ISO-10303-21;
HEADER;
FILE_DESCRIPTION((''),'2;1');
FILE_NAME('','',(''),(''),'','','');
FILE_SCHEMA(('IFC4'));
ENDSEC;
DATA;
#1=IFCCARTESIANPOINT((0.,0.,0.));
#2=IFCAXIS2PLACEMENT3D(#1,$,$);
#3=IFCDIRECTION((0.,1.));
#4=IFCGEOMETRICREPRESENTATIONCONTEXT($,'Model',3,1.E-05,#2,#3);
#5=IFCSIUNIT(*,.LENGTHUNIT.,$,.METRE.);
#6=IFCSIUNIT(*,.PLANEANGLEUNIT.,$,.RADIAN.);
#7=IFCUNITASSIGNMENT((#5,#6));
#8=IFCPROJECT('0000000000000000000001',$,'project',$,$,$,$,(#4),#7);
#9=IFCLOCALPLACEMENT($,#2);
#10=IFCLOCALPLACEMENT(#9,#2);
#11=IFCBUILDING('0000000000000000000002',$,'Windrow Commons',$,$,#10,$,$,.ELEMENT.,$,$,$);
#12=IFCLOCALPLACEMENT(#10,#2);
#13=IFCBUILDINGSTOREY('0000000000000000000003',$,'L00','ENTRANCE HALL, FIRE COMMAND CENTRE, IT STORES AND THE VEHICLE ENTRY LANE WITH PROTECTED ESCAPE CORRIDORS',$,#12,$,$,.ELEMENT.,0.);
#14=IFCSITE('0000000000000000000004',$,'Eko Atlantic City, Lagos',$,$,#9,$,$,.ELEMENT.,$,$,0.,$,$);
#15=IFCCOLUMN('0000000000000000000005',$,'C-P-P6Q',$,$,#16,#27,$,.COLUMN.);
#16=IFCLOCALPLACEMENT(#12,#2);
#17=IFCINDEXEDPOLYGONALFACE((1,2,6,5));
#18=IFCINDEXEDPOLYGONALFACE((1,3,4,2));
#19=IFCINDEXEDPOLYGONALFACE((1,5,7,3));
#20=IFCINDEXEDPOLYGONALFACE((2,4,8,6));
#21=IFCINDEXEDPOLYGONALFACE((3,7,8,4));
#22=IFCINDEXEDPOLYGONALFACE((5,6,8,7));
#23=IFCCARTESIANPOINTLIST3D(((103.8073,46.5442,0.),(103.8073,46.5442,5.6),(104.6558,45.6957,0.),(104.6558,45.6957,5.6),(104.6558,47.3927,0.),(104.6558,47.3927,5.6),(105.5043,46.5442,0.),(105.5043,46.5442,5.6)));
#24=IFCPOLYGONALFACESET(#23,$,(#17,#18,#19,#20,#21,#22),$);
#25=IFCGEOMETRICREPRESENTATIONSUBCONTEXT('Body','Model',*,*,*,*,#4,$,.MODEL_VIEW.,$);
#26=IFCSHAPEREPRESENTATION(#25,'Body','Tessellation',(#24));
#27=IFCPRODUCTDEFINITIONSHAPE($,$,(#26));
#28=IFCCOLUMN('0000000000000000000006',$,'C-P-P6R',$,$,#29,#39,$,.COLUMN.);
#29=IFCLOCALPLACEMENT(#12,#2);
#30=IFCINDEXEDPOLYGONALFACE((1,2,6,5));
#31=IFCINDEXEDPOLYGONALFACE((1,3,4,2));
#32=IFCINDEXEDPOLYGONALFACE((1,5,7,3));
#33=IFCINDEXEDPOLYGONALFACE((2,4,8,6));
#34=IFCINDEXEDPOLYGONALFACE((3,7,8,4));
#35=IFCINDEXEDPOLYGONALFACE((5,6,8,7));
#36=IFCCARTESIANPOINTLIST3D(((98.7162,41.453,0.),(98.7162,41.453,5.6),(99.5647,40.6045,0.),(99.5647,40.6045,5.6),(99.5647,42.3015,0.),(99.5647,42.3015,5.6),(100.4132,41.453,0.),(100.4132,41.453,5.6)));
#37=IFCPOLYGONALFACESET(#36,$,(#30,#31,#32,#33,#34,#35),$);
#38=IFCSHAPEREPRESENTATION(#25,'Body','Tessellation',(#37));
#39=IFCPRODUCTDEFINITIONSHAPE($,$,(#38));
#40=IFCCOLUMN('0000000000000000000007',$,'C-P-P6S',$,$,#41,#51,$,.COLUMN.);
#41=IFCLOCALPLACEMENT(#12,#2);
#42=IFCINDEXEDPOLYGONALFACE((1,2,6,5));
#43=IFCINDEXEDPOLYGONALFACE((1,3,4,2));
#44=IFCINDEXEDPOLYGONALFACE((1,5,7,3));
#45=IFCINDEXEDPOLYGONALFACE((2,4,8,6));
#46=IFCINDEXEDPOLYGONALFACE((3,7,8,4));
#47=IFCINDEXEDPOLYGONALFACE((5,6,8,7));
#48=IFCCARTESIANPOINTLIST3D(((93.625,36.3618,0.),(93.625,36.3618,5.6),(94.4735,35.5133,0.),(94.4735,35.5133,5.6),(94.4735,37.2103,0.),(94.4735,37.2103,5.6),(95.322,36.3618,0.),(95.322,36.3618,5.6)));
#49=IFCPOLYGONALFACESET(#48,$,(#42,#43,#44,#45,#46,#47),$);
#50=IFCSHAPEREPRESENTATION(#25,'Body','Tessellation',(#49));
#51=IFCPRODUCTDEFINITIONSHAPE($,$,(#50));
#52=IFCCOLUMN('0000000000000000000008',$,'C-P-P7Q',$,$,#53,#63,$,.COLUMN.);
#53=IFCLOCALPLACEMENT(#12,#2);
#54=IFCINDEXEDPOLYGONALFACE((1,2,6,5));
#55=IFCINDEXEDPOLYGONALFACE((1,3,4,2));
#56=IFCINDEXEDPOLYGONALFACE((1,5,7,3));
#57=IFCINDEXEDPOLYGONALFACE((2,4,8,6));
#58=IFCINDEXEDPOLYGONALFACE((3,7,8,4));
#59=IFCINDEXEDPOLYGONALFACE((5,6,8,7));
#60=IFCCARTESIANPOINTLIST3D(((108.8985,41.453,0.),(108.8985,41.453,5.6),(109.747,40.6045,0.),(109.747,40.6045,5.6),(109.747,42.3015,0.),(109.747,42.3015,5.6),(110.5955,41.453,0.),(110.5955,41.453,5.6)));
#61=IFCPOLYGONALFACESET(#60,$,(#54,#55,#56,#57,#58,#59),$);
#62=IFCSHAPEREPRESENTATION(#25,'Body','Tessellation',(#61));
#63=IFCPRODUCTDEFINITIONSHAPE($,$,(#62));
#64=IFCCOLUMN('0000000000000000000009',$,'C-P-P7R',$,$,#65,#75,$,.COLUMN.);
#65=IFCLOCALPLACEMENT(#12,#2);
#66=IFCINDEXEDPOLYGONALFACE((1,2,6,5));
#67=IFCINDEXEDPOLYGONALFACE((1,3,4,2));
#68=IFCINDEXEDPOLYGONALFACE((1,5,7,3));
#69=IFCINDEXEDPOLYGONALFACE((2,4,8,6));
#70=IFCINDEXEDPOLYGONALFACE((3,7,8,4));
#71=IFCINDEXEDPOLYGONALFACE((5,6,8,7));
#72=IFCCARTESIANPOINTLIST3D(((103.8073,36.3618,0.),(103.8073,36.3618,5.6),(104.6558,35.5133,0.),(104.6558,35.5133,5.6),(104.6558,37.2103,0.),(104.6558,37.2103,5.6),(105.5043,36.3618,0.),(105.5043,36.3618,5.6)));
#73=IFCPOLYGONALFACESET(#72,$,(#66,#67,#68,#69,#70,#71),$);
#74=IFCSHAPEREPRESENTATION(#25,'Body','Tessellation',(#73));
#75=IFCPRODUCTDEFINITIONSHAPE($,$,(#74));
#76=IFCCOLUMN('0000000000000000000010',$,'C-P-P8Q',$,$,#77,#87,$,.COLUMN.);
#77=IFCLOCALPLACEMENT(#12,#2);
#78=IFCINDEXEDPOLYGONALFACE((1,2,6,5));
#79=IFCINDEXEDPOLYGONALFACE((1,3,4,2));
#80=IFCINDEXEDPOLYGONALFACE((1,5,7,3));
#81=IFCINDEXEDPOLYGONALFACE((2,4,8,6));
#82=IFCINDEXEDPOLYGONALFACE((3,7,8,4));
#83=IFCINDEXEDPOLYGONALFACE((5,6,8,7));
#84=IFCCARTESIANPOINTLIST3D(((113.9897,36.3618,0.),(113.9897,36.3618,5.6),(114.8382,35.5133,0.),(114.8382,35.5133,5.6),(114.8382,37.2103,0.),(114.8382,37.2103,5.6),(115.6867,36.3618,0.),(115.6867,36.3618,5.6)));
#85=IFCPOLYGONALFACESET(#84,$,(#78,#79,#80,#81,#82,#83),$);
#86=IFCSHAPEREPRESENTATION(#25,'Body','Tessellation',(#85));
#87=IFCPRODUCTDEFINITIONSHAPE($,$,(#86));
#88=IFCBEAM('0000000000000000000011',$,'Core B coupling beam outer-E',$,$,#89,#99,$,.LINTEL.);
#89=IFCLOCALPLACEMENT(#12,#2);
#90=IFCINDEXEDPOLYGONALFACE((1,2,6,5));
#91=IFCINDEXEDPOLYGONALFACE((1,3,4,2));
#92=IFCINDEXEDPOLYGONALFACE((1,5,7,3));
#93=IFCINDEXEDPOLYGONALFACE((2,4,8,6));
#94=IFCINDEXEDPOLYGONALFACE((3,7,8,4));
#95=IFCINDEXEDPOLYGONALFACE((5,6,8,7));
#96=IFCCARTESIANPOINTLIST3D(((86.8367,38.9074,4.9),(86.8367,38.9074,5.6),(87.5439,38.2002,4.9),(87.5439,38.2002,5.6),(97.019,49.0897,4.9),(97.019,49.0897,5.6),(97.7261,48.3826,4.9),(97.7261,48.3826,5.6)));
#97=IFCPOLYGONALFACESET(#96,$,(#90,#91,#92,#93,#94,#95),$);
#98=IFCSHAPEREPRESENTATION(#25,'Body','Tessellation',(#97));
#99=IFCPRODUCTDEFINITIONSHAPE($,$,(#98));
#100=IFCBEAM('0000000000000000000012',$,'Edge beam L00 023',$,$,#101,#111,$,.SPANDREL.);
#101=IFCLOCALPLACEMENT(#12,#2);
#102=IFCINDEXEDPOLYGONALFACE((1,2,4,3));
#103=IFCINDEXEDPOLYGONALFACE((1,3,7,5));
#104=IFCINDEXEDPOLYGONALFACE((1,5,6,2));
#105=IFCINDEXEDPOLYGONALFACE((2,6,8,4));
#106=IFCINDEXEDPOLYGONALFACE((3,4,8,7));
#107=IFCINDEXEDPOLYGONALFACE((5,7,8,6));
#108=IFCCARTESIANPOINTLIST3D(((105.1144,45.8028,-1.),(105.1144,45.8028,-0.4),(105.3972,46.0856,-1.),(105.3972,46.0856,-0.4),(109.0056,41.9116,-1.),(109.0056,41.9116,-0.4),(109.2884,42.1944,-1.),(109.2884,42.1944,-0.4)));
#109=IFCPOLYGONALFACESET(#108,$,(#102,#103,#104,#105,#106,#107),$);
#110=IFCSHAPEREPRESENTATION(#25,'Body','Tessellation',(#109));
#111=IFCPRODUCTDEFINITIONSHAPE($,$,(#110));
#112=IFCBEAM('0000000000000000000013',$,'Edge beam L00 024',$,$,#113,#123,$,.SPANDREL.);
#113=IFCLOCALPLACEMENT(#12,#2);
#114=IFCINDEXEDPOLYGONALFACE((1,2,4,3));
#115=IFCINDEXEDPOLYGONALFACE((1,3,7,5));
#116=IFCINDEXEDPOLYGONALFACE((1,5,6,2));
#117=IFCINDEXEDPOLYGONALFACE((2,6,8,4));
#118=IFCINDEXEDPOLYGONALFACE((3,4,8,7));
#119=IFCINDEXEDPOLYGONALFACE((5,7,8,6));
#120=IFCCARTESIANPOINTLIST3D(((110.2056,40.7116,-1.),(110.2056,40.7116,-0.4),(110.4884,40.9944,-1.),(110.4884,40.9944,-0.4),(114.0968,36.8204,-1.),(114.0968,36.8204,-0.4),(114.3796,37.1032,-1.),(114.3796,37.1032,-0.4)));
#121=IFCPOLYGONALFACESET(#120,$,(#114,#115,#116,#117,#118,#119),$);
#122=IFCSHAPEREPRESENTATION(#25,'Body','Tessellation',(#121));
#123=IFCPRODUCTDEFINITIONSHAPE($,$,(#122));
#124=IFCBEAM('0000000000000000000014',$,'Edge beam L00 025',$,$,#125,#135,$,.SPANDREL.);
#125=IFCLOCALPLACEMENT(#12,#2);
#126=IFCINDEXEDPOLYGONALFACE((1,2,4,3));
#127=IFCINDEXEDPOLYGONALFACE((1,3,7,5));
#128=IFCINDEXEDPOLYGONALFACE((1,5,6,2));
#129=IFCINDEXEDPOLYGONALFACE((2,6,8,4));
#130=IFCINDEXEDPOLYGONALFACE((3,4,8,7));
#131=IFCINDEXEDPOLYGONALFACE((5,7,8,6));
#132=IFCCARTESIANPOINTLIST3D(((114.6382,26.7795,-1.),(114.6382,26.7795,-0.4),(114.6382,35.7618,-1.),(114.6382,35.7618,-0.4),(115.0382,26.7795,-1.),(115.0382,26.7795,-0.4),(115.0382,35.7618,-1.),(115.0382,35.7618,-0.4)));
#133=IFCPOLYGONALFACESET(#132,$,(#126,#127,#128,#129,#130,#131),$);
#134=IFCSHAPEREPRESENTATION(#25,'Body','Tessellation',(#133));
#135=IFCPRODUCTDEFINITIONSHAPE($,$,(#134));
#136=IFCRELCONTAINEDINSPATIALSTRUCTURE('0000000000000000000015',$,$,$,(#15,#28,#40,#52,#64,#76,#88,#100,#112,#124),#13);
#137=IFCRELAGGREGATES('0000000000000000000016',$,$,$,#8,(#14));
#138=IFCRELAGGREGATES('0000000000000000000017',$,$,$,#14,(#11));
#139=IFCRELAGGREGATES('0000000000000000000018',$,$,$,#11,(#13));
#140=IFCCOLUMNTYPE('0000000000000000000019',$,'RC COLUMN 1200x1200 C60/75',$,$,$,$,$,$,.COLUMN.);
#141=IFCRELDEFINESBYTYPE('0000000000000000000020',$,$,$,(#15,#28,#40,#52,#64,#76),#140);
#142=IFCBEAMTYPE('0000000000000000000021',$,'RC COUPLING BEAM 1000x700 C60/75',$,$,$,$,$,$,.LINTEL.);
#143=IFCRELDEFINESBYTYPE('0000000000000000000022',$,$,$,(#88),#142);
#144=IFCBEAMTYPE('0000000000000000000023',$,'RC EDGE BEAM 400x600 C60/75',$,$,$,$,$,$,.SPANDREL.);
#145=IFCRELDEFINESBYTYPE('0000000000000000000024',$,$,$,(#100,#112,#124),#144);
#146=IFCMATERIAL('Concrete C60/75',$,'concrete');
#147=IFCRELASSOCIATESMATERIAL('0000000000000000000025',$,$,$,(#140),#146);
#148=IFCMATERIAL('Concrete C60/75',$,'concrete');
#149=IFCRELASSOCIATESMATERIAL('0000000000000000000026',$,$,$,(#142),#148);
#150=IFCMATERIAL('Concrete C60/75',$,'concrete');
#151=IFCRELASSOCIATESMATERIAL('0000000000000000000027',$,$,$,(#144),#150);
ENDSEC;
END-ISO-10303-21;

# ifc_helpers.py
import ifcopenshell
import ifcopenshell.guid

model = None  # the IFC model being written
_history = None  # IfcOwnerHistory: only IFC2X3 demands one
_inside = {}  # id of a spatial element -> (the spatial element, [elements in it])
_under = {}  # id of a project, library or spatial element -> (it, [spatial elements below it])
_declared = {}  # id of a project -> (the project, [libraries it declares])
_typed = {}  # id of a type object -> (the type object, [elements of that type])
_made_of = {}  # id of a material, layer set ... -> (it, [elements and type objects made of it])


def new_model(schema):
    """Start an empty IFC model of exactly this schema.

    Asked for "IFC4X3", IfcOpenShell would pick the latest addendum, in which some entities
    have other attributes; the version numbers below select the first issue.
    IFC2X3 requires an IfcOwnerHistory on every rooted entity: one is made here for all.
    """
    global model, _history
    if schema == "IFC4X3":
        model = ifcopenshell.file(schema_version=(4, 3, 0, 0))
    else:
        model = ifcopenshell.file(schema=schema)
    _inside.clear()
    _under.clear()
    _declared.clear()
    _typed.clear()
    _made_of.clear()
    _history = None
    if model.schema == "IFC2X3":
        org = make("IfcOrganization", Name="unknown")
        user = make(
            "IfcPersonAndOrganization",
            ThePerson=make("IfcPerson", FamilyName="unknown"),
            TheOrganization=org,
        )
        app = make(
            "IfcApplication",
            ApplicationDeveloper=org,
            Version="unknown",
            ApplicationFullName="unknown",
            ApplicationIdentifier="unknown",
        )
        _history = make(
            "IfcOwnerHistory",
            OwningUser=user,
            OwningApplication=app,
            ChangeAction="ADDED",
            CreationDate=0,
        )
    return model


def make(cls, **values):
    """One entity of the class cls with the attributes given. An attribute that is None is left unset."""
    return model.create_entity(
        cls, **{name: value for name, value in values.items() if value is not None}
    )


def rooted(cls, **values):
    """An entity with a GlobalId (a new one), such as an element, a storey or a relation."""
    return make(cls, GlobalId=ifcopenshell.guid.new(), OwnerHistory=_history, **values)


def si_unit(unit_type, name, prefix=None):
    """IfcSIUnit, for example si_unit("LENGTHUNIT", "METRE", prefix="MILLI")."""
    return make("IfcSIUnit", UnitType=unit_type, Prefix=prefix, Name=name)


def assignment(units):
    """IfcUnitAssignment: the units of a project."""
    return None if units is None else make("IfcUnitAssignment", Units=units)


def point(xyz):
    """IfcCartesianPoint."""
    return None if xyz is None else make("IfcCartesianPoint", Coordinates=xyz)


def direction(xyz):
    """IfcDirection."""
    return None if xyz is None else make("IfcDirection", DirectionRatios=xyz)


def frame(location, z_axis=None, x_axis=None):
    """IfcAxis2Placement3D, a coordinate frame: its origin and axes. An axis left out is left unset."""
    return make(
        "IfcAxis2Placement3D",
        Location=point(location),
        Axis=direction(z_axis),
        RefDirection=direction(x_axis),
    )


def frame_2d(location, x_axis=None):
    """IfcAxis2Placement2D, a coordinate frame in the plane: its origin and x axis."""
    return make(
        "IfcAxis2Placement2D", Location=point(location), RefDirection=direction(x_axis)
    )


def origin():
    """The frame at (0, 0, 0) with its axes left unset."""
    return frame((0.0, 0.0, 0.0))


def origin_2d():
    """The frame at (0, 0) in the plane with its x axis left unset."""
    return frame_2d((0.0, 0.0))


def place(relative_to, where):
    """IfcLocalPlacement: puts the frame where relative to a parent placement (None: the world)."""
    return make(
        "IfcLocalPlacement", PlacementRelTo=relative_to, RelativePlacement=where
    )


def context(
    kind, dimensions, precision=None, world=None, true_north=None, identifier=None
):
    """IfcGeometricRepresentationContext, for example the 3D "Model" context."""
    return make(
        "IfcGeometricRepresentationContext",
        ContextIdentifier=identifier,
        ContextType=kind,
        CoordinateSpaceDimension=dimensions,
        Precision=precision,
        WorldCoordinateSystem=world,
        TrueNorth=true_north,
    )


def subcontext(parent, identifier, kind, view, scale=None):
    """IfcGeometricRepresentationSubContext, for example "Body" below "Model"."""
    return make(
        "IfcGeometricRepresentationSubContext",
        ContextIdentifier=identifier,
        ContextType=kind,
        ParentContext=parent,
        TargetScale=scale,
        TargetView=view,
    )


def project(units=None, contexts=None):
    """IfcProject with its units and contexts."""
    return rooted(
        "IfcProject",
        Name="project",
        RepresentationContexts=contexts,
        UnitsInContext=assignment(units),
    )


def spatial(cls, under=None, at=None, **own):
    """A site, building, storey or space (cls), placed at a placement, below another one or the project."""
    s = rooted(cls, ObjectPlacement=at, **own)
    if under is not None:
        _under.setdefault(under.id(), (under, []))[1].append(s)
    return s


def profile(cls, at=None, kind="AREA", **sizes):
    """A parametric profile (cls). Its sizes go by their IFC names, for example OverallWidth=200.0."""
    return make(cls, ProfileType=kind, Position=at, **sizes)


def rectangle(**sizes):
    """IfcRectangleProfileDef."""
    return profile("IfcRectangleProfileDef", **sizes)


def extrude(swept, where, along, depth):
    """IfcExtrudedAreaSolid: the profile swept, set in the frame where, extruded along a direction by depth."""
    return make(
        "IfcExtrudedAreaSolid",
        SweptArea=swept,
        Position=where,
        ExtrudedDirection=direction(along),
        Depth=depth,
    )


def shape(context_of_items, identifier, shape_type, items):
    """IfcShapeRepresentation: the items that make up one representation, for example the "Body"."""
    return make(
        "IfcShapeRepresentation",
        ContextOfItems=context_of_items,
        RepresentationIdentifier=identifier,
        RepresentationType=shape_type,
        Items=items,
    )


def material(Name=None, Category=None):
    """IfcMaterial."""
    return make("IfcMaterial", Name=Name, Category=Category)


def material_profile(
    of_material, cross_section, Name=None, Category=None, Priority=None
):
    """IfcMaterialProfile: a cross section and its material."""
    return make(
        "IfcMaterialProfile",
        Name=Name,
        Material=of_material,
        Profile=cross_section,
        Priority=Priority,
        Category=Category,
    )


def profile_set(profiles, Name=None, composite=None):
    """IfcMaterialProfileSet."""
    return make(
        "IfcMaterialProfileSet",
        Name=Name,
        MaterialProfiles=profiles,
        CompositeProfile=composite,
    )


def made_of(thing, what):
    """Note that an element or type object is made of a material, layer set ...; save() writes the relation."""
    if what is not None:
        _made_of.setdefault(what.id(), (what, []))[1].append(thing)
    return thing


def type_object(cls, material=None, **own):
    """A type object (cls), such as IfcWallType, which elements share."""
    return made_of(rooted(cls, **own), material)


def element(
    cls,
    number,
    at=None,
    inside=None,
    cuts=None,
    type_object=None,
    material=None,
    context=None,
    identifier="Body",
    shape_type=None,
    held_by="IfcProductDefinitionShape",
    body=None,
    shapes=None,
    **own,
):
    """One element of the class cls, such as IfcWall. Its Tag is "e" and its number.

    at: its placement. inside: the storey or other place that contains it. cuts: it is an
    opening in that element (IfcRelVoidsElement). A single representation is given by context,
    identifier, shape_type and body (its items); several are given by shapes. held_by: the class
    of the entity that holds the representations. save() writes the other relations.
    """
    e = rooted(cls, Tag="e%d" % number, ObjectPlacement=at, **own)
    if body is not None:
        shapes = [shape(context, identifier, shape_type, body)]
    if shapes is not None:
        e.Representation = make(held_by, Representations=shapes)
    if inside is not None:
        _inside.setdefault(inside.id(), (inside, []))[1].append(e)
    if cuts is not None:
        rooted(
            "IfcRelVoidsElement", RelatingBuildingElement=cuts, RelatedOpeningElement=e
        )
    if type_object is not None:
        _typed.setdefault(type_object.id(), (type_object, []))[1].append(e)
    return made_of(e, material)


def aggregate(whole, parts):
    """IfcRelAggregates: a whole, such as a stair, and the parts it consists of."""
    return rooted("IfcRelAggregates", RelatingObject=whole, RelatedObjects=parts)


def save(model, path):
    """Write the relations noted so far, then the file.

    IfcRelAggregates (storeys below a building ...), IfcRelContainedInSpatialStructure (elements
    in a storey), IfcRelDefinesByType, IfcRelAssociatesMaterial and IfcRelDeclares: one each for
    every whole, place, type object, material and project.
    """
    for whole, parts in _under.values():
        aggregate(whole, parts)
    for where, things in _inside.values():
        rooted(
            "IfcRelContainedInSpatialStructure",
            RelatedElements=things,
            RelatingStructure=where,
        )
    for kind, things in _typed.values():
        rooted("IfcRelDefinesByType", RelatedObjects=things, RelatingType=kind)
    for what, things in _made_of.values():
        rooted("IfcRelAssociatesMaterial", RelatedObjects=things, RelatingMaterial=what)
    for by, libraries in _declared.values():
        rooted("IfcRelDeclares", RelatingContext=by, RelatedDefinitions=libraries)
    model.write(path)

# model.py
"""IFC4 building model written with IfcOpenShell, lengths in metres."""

from ifc_helpers import new_model, si_unit, direction, frame, origin, origin_2d, place, context, subcontext, project, spatial, rectangle, extrude, material, material_profile, profile_set, type_object, element, save


model = new_model("IFC4")

# Units and contexts
model_context = context("Model", 3, precision=1e-05, world=origin(), true_north=direction((0.0, 1.0)))
body_context = subcontext(model_context, "Body", "Model", "MODEL_VIEW")
ifc_project = project(units=[si_unit("LENGTHUNIT", "METRE"), si_unit("PLANEANGLEUNIT", "RADIAN")], contexts=[model_context])

# Site, building, storey
site_placement = place(None, origin())
site = spatial("IfcSite", under=ifc_project, at=site_placement, Name="Eko Atlantic City, Lagos", CompositionType="ELEMENT", RefElevation=0.0)
building_placement = place(site_placement, origin())
building = spatial("IfcBuilding", under=site, at=building_placement, Name="Windrow Commons", CompositionType="ELEMENT")
storey_placement = place(building_placement, origin())
storey = spatial("IfcBuildingStorey", under=building, at=storey_placement, Name="L00", Description="ENTRANCE HALL, FIRE COMMAND CENTRE, IT STORES AND THE VEHICLE ENTRY LANE WITH PROTECTED ESCAPE CORRIDORS", CompositionType="ELEMENT", Elevation=0.0)

# Columns
ifc_material_1 = material(Name="Concrete C60/75", Category="concrete")
ifc_material_profile_1 = material_profile(ifc_material_1, rectangle(XDim=1.2, YDim=1.2, at=origin_2d()))
ifc_profile_set_1 = profile_set([ifc_material_profile_1], Name="Concrete C60/75")
column_type = type_object("IfcColumnType", Name="RC COLUMN 1200x1200 C60/75", PredefinedType="COLUMN", material=ifc_profile_set_1)
for number, where, z_axis, x_axis, name in (
    (1, (104.6558, 46.5442, 0.0), (0.0, 0.0, 1.0), (0.707107, -0.707107, 0.0), "C-P-P6Q"),
    (2, (99.5647, 41.453, 0.0), (0.0, 0.0, 1.0), (0.707107, -0.707107, 0.0), "C-P-P6R"),
    (3, (94.4735, 36.3618, 0.0), (0.0, 0.0, 1.0), (0.707107, -0.707107, 0.0), "C-P-P6S"),
    (4, (109.747, 41.453, 0.0), (0.0, 0.0, 1.0), (0.707107, -0.707107, 0.0), "C-P-P7Q"),
    (5, (104.6558, 36.3618, 0.0), (0.0, 0.0, 1.0), (0.707107, -0.707107, 0.0), "C-P-P7R"),
    (6, (114.8382, 36.3618, 0.0), (0.0, 0.0, 1.0), (0.707107, -0.707107, 0.0), "C-P-P8Q"),
):
    element("IfcColumn", number, at=place(storey_placement, frame(where, z_axis=z_axis, x_axis=x_axis)), inside=storey, type_object=column_type, Name=name, PredefinedType="COLUMN", context=body_context, shape_type="SweptSolid", body=[
        extrude(rectangle(XDim=1.2, YDim=1.2, at=origin_2d()), origin(), (0.0, 0.0, 1.0), 5.6),
    ])

# Beams
ifc_material_2 = material(Name="Concrete C60/75", Category="concrete")
ifc_material_profile_2 = material_profile(ifc_material_2, rectangle(XDim=1.0, YDim=0.7, at=origin_2d()))
ifc_profile_set_2 = profile_set([ifc_material_profile_2], Name="Concrete C60/75")
beam_type_1 = type_object("IfcBeamType", Name="RC COUPLING BEAM 1000x700 C60/75", PredefinedType="LINTEL", material=ifc_profile_set_2)
beam_1_placement = place(storey_placement, frame((87.1903, 38.5538, 5.25), z_axis=(0.707103, 0.70711, 0.0), x_axis=(-0.70711, 0.707103, 0.0)))
element("IfcBeam", 7, at=beam_1_placement, inside=storey, type_object=beam_type_1, Name="Core B coupling beam outer-E", PredefinedType="LINTEL", context=body_context, shape_type="SweptSolid", body=[
    extrude(rectangle(XDim=1.0, YDim=0.7, at=origin_2d()), origin(), (0.0, 0.0, 1.0), 14.4),
])
ifc_material_3 = material(Name="Concrete C60/75", Category="concrete")
ifc_material_profile_3 = material_profile(ifc_material_3, rectangle(XDim=0.4, YDim=0.6, at=origin_2d()))
ifc_profile_set_3 = profile_set([ifc_material_profile_3], Name="Concrete C60/75")
beam_type_2 = type_object("IfcBeamType", Name="RC EDGE BEAM 400x600 C60/75", PredefinedType="SPANDREL", material=ifc_profile_set_3)
for number, where, z_axis, x_axis, name in (
    (8, (105.2558, 45.9442, -0.7), (0.707107, -0.707107, 0.0), (0.707107, 0.707107, 0.0), "Edge beam L00 023"),
    (9, (110.347, 40.853, -0.7), (0.707107, -0.707107, 0.0), (0.707107, 0.707107, 0.0), "Edge beam L00 024"),
):
    element("IfcBeam", number, at=place(storey_placement, frame(where, z_axis=z_axis, x_axis=x_axis)), inside=storey, type_object=beam_type_2, Name=name, PredefinedType="SPANDREL", context=body_context, shape_type="SweptSolid", body=[
        extrude(rectangle(XDim=0.4, YDim=0.6, at=origin_2d()), origin(), (0.0, 0.0, 1.0), 5.503),
    ])
beam_2_placement = place(storey_placement, frame((114.8382, 35.7618, -0.7), z_axis=(0.0, -1.0, 0.0), x_axis=(1.0, 0.0, 0.0)))
element("IfcBeam", 10, at=beam_2_placement, inside=storey, type_object=beam_type_2, Name="Edge beam L00 025", PredefinedType="SPANDREL", context=body_context, shape_type="SweptSolid", body=[
    extrude(rectangle(XDim=0.4, YDim=0.6, at=origin_2d()), origin(), (0.0, 0.0, 1.0), 8.9823),
])

save(model, "model.ifc")
